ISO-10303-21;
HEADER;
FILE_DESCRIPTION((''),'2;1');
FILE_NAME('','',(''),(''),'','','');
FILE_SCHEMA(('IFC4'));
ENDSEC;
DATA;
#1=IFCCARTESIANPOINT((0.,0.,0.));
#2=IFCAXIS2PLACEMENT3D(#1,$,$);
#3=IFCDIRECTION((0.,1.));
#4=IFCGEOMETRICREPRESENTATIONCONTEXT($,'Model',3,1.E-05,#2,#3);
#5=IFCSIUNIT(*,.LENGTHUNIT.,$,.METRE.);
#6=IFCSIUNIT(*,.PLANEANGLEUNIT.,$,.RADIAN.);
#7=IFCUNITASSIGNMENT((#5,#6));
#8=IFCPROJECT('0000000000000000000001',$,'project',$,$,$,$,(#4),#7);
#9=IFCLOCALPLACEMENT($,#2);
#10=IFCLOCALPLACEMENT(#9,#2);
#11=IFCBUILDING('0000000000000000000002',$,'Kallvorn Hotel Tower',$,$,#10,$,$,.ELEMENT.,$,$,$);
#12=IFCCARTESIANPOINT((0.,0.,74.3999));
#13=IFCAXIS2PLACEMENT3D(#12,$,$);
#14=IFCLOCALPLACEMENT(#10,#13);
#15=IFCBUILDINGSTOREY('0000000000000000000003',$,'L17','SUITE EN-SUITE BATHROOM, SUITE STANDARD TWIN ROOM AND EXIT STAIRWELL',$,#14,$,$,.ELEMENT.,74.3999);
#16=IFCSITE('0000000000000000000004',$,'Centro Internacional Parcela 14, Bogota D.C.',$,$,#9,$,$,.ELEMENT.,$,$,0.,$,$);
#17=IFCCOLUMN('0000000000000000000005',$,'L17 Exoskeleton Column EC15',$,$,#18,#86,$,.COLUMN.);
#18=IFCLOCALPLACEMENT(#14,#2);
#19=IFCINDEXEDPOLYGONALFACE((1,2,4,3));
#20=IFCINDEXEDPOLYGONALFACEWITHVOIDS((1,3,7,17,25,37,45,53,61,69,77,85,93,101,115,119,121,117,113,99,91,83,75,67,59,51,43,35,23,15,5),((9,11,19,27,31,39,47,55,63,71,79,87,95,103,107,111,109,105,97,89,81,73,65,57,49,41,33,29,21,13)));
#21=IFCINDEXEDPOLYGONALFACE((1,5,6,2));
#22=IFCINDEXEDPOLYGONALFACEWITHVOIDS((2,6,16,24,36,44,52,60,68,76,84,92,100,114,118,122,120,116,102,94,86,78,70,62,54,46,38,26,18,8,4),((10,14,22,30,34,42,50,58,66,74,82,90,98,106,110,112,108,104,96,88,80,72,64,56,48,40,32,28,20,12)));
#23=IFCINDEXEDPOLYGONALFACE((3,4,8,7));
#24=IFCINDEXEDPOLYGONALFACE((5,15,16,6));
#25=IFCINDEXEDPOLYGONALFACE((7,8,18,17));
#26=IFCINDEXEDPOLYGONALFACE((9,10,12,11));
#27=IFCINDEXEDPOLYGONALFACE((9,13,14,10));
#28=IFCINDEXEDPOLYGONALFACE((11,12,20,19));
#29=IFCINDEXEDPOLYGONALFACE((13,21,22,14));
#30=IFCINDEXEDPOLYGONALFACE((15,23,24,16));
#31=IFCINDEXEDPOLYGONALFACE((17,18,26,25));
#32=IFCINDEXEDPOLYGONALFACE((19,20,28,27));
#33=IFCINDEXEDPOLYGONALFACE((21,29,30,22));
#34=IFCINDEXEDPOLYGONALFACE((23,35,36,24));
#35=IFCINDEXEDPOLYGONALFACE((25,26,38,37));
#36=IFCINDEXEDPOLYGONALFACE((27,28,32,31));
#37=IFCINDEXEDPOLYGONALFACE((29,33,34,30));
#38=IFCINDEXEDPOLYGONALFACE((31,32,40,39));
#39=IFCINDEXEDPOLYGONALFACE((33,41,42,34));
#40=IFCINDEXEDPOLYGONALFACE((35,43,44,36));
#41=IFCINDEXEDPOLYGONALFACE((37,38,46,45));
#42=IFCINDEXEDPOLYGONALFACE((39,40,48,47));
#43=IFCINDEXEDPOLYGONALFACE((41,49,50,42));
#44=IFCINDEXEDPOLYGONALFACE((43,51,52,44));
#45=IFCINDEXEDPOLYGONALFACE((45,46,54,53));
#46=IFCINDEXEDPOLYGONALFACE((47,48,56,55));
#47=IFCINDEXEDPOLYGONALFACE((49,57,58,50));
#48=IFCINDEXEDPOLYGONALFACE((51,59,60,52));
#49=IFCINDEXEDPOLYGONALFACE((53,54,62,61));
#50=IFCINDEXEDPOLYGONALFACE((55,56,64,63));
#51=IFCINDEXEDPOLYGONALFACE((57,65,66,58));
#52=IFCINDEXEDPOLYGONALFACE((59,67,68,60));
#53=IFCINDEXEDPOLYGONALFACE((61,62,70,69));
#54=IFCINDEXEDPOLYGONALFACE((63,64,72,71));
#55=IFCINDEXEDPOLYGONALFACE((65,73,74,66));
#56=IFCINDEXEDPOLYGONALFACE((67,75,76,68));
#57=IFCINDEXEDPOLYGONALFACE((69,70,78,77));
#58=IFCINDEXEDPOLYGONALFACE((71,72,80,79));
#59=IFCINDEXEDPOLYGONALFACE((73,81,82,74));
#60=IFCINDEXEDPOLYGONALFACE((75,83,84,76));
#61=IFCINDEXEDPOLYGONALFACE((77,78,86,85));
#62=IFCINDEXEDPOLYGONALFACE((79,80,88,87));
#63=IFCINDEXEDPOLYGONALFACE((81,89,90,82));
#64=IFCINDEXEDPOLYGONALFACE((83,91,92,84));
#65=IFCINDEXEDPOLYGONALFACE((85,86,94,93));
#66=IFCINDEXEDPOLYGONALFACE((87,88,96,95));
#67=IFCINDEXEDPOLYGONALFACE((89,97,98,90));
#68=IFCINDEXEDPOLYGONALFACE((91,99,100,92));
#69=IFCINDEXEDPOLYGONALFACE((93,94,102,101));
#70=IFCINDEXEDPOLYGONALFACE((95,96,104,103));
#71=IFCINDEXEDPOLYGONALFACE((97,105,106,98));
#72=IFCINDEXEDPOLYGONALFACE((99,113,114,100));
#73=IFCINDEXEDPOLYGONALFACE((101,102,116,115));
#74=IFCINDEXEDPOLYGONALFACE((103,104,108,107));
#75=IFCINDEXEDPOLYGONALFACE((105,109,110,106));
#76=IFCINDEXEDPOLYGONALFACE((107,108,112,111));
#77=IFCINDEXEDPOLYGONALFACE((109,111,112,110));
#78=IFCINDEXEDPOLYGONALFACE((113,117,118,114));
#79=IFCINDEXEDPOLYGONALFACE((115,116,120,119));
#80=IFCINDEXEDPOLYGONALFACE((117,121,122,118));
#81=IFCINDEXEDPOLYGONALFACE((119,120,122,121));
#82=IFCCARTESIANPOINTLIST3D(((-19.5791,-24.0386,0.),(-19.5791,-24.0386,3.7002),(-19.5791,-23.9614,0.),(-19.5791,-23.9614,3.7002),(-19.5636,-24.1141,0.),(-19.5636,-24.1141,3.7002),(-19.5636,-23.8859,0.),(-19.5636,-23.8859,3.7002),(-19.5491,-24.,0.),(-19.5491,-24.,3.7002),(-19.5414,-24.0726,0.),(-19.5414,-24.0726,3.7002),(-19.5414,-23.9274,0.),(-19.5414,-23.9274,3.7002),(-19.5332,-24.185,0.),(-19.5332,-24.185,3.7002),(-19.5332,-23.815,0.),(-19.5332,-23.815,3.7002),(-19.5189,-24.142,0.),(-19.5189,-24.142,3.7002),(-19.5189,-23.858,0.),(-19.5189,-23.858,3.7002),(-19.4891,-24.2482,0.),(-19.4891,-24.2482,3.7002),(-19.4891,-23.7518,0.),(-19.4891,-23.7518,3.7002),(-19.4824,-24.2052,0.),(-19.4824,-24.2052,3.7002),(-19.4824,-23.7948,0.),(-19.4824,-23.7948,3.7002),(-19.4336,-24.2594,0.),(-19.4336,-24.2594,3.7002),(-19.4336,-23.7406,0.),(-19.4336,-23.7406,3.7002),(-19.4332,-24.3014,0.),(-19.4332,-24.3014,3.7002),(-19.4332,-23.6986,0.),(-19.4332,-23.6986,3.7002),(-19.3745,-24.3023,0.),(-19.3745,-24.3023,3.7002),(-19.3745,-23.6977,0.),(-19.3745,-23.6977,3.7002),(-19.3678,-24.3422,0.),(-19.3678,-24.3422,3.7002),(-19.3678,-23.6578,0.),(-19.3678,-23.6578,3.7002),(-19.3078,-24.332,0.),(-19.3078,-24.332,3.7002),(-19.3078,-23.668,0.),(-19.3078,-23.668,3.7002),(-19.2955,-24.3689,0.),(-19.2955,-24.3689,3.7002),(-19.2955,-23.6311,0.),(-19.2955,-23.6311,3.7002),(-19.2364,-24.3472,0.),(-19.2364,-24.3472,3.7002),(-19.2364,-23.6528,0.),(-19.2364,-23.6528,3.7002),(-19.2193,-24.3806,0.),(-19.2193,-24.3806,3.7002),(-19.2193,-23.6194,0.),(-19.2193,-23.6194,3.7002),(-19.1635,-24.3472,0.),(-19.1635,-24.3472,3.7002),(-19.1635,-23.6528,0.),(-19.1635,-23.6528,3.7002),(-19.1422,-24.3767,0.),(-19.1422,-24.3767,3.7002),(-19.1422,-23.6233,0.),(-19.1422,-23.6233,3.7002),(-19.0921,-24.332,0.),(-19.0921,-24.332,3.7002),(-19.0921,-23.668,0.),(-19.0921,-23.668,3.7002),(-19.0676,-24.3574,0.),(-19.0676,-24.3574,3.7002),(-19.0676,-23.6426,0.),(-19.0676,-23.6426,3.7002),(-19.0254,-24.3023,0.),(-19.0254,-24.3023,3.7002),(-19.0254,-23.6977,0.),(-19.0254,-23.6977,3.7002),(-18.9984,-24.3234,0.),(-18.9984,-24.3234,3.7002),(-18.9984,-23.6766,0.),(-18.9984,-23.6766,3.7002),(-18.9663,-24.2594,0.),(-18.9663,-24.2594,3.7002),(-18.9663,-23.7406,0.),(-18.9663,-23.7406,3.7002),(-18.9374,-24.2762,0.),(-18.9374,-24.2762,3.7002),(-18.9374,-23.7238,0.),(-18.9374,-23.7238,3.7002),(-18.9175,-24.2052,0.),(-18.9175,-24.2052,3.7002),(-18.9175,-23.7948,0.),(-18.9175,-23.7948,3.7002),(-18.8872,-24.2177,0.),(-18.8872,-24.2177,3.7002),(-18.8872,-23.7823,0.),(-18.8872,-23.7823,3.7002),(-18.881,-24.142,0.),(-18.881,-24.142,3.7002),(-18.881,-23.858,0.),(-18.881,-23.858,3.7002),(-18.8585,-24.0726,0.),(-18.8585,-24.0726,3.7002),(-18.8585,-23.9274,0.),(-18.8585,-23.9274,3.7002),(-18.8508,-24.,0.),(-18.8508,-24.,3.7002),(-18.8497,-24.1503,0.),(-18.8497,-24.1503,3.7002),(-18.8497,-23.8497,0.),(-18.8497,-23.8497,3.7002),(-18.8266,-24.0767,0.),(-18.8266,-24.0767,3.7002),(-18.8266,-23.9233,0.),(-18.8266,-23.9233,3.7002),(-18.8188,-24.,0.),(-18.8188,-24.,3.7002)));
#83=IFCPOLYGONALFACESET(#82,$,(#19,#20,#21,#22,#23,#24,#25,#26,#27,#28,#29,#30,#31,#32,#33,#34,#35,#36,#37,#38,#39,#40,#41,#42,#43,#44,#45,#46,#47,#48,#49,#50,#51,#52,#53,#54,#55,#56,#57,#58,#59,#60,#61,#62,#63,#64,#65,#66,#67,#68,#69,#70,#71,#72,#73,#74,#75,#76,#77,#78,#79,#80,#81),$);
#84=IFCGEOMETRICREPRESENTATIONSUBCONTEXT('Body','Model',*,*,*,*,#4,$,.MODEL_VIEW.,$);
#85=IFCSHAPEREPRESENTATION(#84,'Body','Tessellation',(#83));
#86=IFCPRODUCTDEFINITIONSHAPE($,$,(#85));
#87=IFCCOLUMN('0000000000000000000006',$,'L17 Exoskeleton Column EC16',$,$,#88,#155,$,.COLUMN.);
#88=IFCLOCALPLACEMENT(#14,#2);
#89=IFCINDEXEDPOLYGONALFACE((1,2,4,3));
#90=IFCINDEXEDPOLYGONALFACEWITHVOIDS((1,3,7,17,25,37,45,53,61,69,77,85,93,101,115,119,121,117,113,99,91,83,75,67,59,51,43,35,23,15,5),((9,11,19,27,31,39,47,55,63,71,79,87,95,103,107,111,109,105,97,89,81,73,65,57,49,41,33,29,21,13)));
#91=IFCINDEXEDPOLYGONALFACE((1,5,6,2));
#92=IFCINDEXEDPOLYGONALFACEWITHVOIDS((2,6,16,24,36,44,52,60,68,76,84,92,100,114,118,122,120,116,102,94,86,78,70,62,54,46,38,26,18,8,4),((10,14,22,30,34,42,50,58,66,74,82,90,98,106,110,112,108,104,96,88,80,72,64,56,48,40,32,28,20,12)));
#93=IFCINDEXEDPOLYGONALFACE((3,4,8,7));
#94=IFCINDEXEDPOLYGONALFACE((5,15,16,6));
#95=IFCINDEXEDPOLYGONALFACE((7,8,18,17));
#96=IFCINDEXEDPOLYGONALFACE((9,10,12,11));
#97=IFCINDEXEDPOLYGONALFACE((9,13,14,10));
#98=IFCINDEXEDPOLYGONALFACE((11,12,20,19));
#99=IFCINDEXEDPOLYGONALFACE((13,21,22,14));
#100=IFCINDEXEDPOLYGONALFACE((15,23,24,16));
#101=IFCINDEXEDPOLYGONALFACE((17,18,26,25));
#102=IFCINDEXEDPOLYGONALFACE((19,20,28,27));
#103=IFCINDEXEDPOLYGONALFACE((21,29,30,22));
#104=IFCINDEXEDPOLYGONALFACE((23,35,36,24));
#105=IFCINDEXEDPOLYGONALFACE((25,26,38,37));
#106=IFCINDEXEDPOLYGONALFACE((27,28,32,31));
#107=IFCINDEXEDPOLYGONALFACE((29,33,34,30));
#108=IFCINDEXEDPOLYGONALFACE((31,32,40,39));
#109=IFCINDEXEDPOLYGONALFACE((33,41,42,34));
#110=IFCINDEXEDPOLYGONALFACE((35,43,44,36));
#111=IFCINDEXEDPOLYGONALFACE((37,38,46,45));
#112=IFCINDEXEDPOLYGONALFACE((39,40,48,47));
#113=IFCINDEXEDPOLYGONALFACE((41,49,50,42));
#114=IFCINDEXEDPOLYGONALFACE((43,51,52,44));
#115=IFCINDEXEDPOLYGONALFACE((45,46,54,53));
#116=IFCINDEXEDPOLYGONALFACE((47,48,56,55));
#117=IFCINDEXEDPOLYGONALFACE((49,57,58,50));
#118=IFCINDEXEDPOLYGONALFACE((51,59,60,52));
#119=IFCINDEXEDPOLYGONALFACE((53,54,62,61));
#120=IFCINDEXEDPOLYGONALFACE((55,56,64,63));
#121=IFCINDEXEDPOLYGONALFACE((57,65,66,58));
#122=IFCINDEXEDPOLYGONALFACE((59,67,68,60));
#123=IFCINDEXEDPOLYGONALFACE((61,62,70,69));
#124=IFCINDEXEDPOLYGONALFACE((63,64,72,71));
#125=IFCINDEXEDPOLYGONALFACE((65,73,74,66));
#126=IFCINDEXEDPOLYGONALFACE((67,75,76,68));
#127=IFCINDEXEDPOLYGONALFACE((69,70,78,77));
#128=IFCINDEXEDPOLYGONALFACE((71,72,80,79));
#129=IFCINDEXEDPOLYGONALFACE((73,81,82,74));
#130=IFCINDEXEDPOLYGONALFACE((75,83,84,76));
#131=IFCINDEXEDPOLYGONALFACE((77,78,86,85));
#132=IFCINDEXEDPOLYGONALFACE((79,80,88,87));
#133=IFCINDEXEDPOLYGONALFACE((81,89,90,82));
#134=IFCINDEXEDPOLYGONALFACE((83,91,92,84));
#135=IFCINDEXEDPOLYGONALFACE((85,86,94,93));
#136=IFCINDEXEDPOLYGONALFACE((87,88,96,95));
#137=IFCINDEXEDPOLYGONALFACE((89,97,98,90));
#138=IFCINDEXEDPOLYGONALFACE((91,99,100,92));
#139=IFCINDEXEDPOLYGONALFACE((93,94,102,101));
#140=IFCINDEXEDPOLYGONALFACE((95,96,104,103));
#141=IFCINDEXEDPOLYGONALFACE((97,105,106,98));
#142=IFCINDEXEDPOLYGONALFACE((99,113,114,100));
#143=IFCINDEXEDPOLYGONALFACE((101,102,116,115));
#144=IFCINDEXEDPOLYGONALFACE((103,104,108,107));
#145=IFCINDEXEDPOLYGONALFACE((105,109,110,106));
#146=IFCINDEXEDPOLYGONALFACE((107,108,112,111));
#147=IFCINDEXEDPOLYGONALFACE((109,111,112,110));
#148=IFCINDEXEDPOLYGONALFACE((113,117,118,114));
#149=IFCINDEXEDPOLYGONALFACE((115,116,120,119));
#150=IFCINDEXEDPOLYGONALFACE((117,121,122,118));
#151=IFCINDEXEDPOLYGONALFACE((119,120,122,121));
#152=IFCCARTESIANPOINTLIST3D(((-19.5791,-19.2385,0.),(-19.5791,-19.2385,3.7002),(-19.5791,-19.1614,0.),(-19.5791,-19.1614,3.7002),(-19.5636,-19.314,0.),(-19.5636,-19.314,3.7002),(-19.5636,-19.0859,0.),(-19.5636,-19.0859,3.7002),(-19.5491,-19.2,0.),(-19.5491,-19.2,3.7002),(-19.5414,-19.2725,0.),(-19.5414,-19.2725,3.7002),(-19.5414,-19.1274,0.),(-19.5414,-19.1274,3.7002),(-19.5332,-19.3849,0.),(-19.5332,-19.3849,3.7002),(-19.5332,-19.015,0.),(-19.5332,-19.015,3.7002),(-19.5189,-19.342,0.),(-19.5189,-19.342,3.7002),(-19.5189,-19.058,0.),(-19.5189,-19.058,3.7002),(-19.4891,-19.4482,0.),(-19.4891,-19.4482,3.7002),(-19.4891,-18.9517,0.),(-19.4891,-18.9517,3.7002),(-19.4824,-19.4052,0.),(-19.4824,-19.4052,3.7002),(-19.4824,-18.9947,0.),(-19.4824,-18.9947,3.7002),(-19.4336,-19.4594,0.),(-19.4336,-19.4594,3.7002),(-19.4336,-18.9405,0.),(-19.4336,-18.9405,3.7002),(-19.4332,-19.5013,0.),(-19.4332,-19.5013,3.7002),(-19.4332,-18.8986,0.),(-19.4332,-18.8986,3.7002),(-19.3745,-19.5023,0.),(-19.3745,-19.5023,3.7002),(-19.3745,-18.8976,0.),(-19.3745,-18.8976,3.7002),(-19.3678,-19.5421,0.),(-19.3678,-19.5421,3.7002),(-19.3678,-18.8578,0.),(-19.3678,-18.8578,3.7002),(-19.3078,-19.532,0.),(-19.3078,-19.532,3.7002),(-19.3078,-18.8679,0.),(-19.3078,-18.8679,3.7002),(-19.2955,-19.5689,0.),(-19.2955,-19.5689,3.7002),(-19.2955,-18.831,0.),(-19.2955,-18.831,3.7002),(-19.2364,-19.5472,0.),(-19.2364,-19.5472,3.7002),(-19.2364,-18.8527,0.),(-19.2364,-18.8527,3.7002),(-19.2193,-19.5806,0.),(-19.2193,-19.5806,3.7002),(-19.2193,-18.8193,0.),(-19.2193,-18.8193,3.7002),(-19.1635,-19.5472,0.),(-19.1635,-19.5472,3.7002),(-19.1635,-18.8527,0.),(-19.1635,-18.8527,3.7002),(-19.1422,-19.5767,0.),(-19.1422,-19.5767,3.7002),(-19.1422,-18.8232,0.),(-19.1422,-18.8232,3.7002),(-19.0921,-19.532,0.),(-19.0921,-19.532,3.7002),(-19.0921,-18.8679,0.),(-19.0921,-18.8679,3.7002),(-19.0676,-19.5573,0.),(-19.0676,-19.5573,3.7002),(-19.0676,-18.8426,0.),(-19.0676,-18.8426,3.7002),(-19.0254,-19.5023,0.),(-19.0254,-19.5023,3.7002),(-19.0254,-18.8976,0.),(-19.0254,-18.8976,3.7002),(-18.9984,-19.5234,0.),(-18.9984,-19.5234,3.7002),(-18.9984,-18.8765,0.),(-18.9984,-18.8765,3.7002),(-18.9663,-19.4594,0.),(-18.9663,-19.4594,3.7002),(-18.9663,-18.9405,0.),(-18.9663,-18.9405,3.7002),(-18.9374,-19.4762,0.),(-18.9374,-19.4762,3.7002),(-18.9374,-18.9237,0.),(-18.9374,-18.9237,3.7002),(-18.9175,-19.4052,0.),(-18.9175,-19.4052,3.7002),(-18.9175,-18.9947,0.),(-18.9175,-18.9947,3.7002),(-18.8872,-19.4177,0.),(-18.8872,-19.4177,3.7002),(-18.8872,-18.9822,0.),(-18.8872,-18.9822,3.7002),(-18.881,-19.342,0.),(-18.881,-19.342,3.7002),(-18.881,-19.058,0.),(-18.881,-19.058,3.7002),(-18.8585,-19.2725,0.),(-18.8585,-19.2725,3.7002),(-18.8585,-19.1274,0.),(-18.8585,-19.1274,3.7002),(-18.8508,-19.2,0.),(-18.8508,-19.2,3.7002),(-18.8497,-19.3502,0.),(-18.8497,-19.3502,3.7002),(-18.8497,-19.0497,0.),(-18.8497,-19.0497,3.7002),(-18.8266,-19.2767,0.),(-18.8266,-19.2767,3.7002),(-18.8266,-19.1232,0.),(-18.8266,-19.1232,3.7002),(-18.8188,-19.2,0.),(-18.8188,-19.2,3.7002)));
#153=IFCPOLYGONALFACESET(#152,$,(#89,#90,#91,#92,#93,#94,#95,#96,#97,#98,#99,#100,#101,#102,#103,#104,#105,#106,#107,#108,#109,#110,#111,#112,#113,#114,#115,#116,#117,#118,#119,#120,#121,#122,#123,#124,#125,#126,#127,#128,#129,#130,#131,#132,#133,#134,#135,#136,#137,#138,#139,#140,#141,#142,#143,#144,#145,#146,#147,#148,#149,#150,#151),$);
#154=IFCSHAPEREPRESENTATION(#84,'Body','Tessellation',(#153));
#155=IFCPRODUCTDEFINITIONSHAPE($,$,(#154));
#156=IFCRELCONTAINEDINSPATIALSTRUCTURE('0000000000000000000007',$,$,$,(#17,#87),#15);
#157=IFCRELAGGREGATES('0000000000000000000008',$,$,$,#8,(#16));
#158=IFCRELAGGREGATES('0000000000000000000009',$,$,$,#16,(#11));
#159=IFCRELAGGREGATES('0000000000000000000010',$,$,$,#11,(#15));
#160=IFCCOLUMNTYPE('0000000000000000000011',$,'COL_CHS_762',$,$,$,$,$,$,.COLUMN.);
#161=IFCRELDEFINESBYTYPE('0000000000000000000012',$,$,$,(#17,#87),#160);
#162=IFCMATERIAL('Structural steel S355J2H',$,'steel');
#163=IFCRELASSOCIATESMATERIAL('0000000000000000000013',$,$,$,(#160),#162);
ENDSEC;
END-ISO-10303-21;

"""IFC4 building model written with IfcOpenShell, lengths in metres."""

from ifc_helpers import new_model, si_unit, direction, frame, origin, origin_2d, place, context, subcontext, project, spatial, hollow_circle, extrude, material, material_profile, profile_set, type_object, element, save


model = new_model("IFC4")

# Units and contexts
model_context = context("Model", 3, precision=1e-05, world=origin(), true_north=direction((0.0, 1.0)))
body_context = subcontext(model_context, "Body", "Model", "MODEL_VIEW")
ifc_project = project(units=[si_unit("LENGTHUNIT", "METRE"), si_unit("PLANEANGLEUNIT", "RADIAN")], contexts=[model_context])

# Site, building, storey
site_placement = place(None, origin())
site = spatial("IfcSite", under=ifc_project, at=site_placement, Name="Centro Internacional Parcela 14, Bogota D.C.", CompositionType="ELEMENT", RefElevation=0.0)
building_placement = place(site_placement, origin())
building = spatial("IfcBuilding", under=site, at=building_placement, Name="Kallvorn Hotel Tower", CompositionType="ELEMENT")
storey_placement = place(building_placement, frame((0.0, 0.0, 74.3999)))
storey = spatial("IfcBuildingStorey", under=building, at=storey_placement, Name="L17", Description="SUITE EN-SUITE BATHROOM, SUITE STANDARD TWIN ROOM AND EXIT STAIRWELL", CompositionType="ELEMENT", Elevation=74.3999)

# Columns
ifc_material_1 = material(Name="Structural steel S355J2H", Category="steel")
ifc_material_profile_1 = material_profile(ifc_material_1, hollow_circle(Radius=0.3811, WallThickness=0.032, at=origin_2d()), Name="CHS 762x32")
ifc_profile_set_1 = profile_set([ifc_material_profile_1], Name="Structural steel S355J2H")
column_type = type_object("IfcColumnType", Name="COL_CHS_762", PredefinedType="COLUMN", material=ifc_profile_set_1)
for number, where, z_axis, x_axis, name in (
    (1, (-19.2, -24.0, 0.0), (0.0, 0.0, 1.0), (1.0, 0.0, 0.0), "L17 Exoskeleton Column EC15"),
    (2, (-19.2, -19.2, 0.0), (0.0, 0.0, 1.0), (1.0, 0.0, 0.0), "L17 Exoskeleton Column EC16"),
):
    element("IfcColumn", number, at=place(storey_placement, frame(where, z_axis=z_axis, x_axis=x_axis)), inside=storey, type_object=column_type, Name=name, PredefinedType="COLUMN", context=body_context, shape_type="SweptSolid", body=[
        extrude(hollow_circle(Radius=0.3811, WallThickness=0.032, at=origin_2d()), origin(), (0.0, 0.0, 1.0), 3.7002),
    ])

save(model, "model.ifc")
